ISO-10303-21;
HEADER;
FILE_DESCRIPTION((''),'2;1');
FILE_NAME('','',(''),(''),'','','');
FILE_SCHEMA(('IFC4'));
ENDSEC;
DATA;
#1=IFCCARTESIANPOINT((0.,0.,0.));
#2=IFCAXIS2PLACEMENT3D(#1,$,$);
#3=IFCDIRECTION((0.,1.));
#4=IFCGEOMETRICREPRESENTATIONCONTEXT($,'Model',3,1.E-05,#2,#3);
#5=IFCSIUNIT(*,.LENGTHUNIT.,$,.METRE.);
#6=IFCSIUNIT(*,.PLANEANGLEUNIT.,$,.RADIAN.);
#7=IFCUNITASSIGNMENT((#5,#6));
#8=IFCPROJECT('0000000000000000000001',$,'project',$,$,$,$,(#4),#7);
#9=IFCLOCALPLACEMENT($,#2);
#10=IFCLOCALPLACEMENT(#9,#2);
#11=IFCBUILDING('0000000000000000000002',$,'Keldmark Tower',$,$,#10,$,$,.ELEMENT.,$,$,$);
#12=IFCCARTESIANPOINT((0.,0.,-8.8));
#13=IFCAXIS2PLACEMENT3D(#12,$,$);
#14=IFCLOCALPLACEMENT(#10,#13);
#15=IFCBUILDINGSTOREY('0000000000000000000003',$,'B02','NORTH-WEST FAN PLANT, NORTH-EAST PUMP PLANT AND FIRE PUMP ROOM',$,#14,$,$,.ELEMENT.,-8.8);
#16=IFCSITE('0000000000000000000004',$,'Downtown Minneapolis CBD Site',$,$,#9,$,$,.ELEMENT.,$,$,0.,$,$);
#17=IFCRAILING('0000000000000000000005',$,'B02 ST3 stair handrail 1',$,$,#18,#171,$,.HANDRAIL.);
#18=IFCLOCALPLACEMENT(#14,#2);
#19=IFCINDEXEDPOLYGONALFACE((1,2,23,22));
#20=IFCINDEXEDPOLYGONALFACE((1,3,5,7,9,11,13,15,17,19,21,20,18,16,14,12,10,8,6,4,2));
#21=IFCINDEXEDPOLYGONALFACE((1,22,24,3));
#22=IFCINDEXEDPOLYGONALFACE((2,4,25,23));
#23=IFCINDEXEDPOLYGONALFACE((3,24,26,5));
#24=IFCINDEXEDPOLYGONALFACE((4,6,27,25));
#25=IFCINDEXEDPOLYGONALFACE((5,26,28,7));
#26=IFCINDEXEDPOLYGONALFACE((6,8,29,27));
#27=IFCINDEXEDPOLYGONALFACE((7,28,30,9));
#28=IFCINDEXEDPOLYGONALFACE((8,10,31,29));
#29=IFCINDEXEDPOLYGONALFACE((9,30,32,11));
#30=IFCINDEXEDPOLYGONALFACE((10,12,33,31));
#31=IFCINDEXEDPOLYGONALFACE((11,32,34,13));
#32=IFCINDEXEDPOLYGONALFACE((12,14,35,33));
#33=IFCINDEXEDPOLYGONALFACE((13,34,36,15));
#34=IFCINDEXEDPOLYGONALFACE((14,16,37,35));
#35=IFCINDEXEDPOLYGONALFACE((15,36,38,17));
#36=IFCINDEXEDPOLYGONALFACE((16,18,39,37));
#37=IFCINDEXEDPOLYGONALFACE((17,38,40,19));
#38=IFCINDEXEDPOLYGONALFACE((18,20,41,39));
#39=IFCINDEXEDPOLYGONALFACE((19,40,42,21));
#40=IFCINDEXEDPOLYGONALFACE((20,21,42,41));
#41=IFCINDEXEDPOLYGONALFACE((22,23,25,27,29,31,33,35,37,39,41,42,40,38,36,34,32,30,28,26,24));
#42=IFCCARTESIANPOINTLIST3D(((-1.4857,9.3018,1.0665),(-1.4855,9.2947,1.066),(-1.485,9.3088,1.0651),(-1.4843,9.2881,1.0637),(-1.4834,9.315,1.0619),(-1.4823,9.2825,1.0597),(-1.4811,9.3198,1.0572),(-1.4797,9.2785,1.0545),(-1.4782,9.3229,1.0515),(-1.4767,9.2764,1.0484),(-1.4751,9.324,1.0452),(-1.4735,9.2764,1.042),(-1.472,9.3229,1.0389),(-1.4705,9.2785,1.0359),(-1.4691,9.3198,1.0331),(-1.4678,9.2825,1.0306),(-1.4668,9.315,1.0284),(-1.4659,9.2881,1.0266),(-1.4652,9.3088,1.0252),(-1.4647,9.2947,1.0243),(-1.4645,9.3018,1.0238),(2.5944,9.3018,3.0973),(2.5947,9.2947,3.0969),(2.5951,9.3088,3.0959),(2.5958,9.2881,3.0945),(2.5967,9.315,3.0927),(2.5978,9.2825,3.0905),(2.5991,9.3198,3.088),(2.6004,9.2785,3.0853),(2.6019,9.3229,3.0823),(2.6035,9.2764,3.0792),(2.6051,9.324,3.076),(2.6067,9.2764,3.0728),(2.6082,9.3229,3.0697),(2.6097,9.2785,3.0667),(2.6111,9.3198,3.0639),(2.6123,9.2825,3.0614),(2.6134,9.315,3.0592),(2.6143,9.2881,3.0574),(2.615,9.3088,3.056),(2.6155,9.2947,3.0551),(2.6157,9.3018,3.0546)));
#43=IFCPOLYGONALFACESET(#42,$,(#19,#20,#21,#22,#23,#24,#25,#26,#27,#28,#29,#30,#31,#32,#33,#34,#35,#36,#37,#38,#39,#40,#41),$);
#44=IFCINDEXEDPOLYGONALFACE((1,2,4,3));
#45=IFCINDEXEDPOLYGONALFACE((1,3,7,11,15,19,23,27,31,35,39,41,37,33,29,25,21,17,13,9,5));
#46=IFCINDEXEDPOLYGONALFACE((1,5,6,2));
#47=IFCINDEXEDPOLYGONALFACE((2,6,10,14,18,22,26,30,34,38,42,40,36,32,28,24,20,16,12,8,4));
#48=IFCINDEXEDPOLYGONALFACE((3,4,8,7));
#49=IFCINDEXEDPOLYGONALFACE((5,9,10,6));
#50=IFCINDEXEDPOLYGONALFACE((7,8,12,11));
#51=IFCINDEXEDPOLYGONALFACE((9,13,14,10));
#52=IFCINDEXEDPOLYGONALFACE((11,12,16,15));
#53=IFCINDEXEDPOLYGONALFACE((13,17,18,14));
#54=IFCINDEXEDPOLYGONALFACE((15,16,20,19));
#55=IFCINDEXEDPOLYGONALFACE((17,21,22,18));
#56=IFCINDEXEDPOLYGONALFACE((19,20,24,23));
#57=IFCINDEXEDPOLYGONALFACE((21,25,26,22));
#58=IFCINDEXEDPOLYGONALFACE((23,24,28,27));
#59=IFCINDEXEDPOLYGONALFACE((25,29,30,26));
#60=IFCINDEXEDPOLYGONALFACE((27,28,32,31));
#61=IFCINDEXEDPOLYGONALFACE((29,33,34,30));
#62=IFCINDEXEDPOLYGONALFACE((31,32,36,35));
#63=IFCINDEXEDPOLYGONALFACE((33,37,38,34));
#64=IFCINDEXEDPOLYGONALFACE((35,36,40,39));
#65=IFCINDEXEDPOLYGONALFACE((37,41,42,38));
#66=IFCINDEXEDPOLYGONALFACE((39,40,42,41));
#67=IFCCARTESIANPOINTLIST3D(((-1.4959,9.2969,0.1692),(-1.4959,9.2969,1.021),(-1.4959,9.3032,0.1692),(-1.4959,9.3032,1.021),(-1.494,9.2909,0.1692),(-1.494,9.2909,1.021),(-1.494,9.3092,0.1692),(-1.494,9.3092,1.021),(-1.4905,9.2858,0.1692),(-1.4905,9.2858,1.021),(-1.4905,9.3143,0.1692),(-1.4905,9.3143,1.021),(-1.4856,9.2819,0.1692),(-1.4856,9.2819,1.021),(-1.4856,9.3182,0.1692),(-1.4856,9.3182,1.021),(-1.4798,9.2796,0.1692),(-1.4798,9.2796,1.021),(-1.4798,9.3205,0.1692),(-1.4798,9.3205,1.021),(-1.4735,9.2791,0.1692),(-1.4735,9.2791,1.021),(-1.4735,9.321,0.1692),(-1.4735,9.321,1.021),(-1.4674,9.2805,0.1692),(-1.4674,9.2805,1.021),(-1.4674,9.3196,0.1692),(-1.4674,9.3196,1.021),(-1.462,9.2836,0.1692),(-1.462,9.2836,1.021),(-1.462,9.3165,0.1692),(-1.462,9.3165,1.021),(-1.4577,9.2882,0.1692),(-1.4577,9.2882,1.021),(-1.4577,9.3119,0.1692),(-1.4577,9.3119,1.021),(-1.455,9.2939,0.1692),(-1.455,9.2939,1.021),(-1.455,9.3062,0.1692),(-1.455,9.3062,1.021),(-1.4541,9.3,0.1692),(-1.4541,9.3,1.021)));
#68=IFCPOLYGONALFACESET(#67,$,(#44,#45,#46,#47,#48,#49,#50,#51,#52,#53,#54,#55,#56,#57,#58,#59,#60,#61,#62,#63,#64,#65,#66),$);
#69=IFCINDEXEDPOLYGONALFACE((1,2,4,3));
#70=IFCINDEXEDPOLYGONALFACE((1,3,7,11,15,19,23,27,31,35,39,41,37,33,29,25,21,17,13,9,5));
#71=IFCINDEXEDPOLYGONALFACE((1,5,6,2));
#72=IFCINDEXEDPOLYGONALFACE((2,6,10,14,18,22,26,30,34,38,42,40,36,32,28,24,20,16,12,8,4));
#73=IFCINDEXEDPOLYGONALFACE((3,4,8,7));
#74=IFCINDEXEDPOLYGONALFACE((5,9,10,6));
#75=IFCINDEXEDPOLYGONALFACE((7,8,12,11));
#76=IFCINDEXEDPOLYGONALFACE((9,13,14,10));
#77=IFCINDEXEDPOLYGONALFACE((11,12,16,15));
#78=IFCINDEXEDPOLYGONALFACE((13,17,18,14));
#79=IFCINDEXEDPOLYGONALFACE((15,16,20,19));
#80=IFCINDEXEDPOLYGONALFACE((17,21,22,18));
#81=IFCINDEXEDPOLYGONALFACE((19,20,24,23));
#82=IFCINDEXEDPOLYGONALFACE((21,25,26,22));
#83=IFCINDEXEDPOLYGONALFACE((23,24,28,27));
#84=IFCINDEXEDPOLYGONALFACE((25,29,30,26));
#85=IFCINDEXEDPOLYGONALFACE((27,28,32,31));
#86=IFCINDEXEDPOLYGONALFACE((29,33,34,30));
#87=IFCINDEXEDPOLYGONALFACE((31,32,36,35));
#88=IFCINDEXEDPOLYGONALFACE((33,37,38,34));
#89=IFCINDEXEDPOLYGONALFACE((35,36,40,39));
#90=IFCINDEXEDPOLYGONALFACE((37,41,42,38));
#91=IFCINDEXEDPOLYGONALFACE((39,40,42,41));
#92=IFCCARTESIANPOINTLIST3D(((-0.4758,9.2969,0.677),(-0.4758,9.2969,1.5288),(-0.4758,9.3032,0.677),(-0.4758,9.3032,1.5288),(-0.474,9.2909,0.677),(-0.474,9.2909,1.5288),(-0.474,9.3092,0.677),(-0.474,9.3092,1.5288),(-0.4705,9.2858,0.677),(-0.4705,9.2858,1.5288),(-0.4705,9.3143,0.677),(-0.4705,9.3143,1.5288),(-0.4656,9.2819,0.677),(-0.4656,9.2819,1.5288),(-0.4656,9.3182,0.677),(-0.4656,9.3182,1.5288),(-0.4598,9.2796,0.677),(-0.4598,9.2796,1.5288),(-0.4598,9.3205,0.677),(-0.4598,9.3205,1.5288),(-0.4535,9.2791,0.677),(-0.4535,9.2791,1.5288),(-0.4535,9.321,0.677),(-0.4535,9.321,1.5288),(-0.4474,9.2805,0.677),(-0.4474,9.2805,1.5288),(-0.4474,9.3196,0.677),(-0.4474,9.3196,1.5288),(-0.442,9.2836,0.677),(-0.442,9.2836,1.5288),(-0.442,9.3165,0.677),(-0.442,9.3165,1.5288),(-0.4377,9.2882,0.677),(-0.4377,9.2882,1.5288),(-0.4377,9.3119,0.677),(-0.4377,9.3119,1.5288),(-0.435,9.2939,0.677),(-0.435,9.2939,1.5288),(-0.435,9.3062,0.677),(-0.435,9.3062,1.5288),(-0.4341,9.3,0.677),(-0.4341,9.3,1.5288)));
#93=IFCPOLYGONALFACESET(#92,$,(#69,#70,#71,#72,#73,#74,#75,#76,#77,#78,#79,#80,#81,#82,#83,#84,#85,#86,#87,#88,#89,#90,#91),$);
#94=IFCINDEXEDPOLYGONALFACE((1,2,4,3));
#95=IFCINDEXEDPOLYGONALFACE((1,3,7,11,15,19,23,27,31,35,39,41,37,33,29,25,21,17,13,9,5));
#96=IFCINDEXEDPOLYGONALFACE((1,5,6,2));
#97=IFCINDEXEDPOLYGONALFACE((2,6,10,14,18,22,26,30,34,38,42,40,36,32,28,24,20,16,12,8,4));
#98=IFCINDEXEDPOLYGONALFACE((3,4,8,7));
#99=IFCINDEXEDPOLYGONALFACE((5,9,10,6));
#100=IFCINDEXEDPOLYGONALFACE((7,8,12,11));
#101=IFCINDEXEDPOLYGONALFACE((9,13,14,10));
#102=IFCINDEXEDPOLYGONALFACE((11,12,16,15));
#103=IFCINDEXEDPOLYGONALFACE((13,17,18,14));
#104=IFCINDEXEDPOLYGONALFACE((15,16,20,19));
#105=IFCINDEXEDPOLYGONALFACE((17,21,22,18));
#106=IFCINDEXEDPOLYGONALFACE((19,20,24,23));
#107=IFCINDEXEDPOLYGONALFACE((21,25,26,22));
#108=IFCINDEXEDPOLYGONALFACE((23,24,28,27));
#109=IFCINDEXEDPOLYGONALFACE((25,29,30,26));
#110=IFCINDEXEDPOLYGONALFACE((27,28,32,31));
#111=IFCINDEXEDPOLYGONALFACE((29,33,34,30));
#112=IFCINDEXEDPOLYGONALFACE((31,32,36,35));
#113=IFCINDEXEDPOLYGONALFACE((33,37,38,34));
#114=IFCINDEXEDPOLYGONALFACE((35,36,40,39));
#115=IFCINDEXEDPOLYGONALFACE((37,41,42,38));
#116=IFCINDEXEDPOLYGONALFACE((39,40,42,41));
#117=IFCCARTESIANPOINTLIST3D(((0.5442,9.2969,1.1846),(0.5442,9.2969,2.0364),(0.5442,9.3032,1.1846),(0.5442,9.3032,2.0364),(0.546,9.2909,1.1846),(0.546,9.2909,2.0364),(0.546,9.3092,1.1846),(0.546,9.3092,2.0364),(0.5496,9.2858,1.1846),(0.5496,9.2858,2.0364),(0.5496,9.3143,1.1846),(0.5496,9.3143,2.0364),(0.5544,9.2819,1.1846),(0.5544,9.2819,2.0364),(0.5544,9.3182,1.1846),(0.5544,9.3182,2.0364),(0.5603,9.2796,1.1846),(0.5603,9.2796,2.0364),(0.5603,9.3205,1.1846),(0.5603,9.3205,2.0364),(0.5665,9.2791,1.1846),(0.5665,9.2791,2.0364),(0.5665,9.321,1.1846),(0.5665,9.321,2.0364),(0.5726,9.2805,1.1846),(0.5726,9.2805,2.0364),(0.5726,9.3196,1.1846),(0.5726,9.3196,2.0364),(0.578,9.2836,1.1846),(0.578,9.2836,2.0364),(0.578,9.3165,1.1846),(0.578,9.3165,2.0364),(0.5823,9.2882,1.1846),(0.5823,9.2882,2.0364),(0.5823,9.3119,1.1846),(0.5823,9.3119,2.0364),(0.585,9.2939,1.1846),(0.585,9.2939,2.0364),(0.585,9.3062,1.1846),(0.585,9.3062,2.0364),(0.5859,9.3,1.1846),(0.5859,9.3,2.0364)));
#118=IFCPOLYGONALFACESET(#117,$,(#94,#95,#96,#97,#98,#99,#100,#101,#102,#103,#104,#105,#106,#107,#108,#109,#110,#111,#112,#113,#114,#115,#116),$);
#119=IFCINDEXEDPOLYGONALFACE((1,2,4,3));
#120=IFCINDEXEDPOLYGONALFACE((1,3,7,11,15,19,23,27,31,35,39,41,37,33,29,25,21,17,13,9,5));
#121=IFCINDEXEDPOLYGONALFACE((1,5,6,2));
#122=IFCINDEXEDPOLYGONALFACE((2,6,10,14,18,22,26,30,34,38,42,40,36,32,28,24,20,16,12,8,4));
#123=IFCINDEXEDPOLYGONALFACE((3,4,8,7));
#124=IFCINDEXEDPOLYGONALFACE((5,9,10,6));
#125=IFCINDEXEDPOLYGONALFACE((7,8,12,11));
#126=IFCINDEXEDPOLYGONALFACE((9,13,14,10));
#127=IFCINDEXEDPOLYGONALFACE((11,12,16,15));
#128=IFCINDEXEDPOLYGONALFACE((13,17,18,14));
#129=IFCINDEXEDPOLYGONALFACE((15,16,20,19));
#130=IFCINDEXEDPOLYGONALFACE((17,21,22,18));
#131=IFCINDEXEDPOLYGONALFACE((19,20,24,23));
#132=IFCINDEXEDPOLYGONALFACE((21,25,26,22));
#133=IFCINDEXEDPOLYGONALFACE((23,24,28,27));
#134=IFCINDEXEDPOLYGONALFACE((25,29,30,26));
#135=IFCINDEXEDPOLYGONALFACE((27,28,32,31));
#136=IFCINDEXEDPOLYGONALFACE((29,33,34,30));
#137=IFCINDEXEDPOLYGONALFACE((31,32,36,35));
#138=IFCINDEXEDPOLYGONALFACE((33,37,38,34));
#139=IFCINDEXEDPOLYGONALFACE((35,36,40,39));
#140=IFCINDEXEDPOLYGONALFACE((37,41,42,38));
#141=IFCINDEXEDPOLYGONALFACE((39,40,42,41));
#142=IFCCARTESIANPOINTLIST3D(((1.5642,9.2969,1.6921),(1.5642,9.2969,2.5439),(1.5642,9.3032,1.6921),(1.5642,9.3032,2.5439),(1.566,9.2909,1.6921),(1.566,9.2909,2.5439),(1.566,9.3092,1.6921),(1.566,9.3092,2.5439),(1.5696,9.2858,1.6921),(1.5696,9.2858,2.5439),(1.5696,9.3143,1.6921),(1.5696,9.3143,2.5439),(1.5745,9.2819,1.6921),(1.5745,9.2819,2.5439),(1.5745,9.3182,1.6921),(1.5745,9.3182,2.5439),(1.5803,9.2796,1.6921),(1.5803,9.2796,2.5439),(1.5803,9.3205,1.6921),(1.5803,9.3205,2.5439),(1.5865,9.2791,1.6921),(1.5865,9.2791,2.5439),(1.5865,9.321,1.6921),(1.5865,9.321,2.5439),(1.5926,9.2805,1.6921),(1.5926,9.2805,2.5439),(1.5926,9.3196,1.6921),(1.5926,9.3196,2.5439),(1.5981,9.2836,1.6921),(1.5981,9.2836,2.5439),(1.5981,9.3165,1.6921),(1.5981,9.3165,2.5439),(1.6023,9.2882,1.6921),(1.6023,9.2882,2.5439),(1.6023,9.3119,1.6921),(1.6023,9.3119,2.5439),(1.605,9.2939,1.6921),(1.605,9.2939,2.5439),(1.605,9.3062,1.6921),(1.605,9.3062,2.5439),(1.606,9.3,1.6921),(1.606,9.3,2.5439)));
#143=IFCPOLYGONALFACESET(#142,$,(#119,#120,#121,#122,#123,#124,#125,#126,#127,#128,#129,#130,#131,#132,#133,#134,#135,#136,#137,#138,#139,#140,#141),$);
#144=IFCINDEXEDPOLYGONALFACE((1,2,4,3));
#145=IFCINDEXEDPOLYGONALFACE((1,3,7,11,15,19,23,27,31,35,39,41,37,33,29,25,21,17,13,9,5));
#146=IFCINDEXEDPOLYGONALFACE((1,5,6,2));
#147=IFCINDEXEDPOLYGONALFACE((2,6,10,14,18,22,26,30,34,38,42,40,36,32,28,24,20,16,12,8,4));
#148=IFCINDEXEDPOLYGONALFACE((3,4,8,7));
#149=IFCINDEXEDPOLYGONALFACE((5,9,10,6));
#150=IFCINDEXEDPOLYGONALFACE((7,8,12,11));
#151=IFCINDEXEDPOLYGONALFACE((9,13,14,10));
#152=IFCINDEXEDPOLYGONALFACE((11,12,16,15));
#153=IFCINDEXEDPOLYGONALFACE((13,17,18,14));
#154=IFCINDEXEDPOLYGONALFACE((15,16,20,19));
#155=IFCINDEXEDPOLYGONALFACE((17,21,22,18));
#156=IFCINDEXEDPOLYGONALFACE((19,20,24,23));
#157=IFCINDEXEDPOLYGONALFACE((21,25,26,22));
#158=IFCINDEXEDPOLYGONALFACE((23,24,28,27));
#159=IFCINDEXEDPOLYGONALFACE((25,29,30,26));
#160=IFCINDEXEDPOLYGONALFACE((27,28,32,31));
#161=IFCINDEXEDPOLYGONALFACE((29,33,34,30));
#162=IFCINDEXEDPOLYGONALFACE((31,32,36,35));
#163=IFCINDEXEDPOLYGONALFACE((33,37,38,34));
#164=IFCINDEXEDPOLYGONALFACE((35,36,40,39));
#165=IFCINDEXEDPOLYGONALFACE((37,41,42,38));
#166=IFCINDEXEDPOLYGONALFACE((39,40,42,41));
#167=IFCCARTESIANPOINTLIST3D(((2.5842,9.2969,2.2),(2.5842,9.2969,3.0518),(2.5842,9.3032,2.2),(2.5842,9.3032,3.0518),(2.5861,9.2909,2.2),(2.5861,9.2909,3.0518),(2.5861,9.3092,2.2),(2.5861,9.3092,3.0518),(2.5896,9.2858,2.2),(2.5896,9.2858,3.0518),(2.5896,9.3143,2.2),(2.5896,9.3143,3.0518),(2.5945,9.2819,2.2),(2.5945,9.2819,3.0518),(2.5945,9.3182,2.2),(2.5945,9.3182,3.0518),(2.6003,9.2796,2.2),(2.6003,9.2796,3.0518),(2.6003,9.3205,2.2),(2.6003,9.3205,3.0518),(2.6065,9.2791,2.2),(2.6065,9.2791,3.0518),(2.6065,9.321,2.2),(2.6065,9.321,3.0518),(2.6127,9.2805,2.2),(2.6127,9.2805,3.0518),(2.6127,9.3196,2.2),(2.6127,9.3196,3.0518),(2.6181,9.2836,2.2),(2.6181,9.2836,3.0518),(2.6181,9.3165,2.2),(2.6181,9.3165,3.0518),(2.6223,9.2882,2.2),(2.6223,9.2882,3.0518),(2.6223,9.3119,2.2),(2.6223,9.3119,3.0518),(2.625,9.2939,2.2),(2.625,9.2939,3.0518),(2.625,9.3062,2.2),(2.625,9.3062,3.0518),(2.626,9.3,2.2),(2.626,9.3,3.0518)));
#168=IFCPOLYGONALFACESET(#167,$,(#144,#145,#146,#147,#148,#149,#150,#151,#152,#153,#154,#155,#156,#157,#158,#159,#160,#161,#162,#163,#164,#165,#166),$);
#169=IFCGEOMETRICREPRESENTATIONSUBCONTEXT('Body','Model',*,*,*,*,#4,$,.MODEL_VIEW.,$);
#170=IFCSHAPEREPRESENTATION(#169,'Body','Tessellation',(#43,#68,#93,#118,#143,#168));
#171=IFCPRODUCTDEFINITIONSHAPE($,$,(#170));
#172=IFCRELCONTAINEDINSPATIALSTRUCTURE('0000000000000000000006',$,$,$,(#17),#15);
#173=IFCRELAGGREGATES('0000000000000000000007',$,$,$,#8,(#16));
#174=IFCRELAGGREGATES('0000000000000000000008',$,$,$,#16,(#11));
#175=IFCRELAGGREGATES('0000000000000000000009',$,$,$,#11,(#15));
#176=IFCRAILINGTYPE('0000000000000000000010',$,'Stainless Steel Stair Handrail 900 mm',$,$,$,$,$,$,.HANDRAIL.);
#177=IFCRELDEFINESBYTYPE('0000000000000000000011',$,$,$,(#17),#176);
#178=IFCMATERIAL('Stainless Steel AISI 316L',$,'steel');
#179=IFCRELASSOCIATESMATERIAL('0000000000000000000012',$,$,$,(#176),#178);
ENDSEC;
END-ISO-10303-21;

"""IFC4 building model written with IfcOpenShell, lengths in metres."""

from ifc_helpers import new_model, si_unit, direction, frame, origin, origin_2d, place, context, subcontext, project, spatial, circle, extrude, material, type_object, element, save


model = new_model("IFC4")

# Units and contexts
model_context = context("Model", 3, precision=1e-05, world=origin(), true_north=direction((0.0, 1.0)))
body_context = subcontext(model_context, "Body", "Model", "MODEL_VIEW")
ifc_project = project(units=[si_unit("LENGTHUNIT", "METRE"), si_unit("PLANEANGLEUNIT", "RADIAN")], contexts=[model_context])

# Site, building, storey
site_placement = place(None, origin())
site = spatial("IfcSite", under=ifc_project, at=site_placement, Name="Downtown Minneapolis CBD Site", CompositionType="ELEMENT", RefElevation=0.0)
building_placement = place(site_placement, origin())
building = spatial("IfcBuilding", under=site, at=building_placement, Name="Keldmark Tower", CompositionType="ELEMENT")
storey_placement = place(building_placement, frame((0.0, 0.0, -8.8)))
storey = spatial("IfcBuildingStorey", under=building, at=storey_placement, Name="B02", Description="NORTH-WEST FAN PLANT, NORTH-EAST PUMP PLANT AND FIRE PUMP ROOM", CompositionType="ELEMENT", Elevation=-8.8)

# Railing
ifc_material_1 = material(Name="Stainless Steel AISI 316L", Category="steel")
railing_type_1 = type_object("IfcRailingType", Name="Stainless Steel Stair Handrail 900 mm", PredefinedType="HANDRAIL", material=ifc_material_1)
railing_1_placement = place(storey_placement, frame((-1.4751, 9.3, 0.1692)))
element("IfcRailing", 1, at=railing_1_placement, inside=storey, type_object=railing_type_1, Name="B02 ST3 stair handrail 1", PredefinedType="HANDRAIL", context=body_context, shape_type="SweptSolid", body=[
    extrude(circle(Radius=0.0239, at=origin_2d()), frame((0.0, 0.0, 0.876), z_axis=(0.89524, 0.0, 0.445584), x_axis=(0.0, 1.0, 0.0)), (0.0, 0.0, 1.0), 4.5576),
    extrude(circle(Radius=0.021, at=origin_2d()), origin(), (0.0, 0.0, 1.0), 0.8518),
    extrude(circle(Radius=0.021, at=origin_2d()), frame((1.02, 0.0, 0.5078)), (0.0, 0.0, 1.0), 0.8518),
    extrude(circle(Radius=0.021, at=origin_2d()), frame((2.04, 0.0, 1.0154)), (0.0, 0.0, 1.0), 0.8518),
    extrude(circle(Radius=0.021, at=origin_2d()), frame((3.0601, 0.0, 1.5229)), (0.0, 0.0, 1.0), 0.8518),
    extrude(circle(Radius=0.021, at=origin_2d()), frame((4.0801, 0.0, 2.0308)), (0.0, 0.0, 1.0), 0.8518),
])

save(model, "model.ifc")
